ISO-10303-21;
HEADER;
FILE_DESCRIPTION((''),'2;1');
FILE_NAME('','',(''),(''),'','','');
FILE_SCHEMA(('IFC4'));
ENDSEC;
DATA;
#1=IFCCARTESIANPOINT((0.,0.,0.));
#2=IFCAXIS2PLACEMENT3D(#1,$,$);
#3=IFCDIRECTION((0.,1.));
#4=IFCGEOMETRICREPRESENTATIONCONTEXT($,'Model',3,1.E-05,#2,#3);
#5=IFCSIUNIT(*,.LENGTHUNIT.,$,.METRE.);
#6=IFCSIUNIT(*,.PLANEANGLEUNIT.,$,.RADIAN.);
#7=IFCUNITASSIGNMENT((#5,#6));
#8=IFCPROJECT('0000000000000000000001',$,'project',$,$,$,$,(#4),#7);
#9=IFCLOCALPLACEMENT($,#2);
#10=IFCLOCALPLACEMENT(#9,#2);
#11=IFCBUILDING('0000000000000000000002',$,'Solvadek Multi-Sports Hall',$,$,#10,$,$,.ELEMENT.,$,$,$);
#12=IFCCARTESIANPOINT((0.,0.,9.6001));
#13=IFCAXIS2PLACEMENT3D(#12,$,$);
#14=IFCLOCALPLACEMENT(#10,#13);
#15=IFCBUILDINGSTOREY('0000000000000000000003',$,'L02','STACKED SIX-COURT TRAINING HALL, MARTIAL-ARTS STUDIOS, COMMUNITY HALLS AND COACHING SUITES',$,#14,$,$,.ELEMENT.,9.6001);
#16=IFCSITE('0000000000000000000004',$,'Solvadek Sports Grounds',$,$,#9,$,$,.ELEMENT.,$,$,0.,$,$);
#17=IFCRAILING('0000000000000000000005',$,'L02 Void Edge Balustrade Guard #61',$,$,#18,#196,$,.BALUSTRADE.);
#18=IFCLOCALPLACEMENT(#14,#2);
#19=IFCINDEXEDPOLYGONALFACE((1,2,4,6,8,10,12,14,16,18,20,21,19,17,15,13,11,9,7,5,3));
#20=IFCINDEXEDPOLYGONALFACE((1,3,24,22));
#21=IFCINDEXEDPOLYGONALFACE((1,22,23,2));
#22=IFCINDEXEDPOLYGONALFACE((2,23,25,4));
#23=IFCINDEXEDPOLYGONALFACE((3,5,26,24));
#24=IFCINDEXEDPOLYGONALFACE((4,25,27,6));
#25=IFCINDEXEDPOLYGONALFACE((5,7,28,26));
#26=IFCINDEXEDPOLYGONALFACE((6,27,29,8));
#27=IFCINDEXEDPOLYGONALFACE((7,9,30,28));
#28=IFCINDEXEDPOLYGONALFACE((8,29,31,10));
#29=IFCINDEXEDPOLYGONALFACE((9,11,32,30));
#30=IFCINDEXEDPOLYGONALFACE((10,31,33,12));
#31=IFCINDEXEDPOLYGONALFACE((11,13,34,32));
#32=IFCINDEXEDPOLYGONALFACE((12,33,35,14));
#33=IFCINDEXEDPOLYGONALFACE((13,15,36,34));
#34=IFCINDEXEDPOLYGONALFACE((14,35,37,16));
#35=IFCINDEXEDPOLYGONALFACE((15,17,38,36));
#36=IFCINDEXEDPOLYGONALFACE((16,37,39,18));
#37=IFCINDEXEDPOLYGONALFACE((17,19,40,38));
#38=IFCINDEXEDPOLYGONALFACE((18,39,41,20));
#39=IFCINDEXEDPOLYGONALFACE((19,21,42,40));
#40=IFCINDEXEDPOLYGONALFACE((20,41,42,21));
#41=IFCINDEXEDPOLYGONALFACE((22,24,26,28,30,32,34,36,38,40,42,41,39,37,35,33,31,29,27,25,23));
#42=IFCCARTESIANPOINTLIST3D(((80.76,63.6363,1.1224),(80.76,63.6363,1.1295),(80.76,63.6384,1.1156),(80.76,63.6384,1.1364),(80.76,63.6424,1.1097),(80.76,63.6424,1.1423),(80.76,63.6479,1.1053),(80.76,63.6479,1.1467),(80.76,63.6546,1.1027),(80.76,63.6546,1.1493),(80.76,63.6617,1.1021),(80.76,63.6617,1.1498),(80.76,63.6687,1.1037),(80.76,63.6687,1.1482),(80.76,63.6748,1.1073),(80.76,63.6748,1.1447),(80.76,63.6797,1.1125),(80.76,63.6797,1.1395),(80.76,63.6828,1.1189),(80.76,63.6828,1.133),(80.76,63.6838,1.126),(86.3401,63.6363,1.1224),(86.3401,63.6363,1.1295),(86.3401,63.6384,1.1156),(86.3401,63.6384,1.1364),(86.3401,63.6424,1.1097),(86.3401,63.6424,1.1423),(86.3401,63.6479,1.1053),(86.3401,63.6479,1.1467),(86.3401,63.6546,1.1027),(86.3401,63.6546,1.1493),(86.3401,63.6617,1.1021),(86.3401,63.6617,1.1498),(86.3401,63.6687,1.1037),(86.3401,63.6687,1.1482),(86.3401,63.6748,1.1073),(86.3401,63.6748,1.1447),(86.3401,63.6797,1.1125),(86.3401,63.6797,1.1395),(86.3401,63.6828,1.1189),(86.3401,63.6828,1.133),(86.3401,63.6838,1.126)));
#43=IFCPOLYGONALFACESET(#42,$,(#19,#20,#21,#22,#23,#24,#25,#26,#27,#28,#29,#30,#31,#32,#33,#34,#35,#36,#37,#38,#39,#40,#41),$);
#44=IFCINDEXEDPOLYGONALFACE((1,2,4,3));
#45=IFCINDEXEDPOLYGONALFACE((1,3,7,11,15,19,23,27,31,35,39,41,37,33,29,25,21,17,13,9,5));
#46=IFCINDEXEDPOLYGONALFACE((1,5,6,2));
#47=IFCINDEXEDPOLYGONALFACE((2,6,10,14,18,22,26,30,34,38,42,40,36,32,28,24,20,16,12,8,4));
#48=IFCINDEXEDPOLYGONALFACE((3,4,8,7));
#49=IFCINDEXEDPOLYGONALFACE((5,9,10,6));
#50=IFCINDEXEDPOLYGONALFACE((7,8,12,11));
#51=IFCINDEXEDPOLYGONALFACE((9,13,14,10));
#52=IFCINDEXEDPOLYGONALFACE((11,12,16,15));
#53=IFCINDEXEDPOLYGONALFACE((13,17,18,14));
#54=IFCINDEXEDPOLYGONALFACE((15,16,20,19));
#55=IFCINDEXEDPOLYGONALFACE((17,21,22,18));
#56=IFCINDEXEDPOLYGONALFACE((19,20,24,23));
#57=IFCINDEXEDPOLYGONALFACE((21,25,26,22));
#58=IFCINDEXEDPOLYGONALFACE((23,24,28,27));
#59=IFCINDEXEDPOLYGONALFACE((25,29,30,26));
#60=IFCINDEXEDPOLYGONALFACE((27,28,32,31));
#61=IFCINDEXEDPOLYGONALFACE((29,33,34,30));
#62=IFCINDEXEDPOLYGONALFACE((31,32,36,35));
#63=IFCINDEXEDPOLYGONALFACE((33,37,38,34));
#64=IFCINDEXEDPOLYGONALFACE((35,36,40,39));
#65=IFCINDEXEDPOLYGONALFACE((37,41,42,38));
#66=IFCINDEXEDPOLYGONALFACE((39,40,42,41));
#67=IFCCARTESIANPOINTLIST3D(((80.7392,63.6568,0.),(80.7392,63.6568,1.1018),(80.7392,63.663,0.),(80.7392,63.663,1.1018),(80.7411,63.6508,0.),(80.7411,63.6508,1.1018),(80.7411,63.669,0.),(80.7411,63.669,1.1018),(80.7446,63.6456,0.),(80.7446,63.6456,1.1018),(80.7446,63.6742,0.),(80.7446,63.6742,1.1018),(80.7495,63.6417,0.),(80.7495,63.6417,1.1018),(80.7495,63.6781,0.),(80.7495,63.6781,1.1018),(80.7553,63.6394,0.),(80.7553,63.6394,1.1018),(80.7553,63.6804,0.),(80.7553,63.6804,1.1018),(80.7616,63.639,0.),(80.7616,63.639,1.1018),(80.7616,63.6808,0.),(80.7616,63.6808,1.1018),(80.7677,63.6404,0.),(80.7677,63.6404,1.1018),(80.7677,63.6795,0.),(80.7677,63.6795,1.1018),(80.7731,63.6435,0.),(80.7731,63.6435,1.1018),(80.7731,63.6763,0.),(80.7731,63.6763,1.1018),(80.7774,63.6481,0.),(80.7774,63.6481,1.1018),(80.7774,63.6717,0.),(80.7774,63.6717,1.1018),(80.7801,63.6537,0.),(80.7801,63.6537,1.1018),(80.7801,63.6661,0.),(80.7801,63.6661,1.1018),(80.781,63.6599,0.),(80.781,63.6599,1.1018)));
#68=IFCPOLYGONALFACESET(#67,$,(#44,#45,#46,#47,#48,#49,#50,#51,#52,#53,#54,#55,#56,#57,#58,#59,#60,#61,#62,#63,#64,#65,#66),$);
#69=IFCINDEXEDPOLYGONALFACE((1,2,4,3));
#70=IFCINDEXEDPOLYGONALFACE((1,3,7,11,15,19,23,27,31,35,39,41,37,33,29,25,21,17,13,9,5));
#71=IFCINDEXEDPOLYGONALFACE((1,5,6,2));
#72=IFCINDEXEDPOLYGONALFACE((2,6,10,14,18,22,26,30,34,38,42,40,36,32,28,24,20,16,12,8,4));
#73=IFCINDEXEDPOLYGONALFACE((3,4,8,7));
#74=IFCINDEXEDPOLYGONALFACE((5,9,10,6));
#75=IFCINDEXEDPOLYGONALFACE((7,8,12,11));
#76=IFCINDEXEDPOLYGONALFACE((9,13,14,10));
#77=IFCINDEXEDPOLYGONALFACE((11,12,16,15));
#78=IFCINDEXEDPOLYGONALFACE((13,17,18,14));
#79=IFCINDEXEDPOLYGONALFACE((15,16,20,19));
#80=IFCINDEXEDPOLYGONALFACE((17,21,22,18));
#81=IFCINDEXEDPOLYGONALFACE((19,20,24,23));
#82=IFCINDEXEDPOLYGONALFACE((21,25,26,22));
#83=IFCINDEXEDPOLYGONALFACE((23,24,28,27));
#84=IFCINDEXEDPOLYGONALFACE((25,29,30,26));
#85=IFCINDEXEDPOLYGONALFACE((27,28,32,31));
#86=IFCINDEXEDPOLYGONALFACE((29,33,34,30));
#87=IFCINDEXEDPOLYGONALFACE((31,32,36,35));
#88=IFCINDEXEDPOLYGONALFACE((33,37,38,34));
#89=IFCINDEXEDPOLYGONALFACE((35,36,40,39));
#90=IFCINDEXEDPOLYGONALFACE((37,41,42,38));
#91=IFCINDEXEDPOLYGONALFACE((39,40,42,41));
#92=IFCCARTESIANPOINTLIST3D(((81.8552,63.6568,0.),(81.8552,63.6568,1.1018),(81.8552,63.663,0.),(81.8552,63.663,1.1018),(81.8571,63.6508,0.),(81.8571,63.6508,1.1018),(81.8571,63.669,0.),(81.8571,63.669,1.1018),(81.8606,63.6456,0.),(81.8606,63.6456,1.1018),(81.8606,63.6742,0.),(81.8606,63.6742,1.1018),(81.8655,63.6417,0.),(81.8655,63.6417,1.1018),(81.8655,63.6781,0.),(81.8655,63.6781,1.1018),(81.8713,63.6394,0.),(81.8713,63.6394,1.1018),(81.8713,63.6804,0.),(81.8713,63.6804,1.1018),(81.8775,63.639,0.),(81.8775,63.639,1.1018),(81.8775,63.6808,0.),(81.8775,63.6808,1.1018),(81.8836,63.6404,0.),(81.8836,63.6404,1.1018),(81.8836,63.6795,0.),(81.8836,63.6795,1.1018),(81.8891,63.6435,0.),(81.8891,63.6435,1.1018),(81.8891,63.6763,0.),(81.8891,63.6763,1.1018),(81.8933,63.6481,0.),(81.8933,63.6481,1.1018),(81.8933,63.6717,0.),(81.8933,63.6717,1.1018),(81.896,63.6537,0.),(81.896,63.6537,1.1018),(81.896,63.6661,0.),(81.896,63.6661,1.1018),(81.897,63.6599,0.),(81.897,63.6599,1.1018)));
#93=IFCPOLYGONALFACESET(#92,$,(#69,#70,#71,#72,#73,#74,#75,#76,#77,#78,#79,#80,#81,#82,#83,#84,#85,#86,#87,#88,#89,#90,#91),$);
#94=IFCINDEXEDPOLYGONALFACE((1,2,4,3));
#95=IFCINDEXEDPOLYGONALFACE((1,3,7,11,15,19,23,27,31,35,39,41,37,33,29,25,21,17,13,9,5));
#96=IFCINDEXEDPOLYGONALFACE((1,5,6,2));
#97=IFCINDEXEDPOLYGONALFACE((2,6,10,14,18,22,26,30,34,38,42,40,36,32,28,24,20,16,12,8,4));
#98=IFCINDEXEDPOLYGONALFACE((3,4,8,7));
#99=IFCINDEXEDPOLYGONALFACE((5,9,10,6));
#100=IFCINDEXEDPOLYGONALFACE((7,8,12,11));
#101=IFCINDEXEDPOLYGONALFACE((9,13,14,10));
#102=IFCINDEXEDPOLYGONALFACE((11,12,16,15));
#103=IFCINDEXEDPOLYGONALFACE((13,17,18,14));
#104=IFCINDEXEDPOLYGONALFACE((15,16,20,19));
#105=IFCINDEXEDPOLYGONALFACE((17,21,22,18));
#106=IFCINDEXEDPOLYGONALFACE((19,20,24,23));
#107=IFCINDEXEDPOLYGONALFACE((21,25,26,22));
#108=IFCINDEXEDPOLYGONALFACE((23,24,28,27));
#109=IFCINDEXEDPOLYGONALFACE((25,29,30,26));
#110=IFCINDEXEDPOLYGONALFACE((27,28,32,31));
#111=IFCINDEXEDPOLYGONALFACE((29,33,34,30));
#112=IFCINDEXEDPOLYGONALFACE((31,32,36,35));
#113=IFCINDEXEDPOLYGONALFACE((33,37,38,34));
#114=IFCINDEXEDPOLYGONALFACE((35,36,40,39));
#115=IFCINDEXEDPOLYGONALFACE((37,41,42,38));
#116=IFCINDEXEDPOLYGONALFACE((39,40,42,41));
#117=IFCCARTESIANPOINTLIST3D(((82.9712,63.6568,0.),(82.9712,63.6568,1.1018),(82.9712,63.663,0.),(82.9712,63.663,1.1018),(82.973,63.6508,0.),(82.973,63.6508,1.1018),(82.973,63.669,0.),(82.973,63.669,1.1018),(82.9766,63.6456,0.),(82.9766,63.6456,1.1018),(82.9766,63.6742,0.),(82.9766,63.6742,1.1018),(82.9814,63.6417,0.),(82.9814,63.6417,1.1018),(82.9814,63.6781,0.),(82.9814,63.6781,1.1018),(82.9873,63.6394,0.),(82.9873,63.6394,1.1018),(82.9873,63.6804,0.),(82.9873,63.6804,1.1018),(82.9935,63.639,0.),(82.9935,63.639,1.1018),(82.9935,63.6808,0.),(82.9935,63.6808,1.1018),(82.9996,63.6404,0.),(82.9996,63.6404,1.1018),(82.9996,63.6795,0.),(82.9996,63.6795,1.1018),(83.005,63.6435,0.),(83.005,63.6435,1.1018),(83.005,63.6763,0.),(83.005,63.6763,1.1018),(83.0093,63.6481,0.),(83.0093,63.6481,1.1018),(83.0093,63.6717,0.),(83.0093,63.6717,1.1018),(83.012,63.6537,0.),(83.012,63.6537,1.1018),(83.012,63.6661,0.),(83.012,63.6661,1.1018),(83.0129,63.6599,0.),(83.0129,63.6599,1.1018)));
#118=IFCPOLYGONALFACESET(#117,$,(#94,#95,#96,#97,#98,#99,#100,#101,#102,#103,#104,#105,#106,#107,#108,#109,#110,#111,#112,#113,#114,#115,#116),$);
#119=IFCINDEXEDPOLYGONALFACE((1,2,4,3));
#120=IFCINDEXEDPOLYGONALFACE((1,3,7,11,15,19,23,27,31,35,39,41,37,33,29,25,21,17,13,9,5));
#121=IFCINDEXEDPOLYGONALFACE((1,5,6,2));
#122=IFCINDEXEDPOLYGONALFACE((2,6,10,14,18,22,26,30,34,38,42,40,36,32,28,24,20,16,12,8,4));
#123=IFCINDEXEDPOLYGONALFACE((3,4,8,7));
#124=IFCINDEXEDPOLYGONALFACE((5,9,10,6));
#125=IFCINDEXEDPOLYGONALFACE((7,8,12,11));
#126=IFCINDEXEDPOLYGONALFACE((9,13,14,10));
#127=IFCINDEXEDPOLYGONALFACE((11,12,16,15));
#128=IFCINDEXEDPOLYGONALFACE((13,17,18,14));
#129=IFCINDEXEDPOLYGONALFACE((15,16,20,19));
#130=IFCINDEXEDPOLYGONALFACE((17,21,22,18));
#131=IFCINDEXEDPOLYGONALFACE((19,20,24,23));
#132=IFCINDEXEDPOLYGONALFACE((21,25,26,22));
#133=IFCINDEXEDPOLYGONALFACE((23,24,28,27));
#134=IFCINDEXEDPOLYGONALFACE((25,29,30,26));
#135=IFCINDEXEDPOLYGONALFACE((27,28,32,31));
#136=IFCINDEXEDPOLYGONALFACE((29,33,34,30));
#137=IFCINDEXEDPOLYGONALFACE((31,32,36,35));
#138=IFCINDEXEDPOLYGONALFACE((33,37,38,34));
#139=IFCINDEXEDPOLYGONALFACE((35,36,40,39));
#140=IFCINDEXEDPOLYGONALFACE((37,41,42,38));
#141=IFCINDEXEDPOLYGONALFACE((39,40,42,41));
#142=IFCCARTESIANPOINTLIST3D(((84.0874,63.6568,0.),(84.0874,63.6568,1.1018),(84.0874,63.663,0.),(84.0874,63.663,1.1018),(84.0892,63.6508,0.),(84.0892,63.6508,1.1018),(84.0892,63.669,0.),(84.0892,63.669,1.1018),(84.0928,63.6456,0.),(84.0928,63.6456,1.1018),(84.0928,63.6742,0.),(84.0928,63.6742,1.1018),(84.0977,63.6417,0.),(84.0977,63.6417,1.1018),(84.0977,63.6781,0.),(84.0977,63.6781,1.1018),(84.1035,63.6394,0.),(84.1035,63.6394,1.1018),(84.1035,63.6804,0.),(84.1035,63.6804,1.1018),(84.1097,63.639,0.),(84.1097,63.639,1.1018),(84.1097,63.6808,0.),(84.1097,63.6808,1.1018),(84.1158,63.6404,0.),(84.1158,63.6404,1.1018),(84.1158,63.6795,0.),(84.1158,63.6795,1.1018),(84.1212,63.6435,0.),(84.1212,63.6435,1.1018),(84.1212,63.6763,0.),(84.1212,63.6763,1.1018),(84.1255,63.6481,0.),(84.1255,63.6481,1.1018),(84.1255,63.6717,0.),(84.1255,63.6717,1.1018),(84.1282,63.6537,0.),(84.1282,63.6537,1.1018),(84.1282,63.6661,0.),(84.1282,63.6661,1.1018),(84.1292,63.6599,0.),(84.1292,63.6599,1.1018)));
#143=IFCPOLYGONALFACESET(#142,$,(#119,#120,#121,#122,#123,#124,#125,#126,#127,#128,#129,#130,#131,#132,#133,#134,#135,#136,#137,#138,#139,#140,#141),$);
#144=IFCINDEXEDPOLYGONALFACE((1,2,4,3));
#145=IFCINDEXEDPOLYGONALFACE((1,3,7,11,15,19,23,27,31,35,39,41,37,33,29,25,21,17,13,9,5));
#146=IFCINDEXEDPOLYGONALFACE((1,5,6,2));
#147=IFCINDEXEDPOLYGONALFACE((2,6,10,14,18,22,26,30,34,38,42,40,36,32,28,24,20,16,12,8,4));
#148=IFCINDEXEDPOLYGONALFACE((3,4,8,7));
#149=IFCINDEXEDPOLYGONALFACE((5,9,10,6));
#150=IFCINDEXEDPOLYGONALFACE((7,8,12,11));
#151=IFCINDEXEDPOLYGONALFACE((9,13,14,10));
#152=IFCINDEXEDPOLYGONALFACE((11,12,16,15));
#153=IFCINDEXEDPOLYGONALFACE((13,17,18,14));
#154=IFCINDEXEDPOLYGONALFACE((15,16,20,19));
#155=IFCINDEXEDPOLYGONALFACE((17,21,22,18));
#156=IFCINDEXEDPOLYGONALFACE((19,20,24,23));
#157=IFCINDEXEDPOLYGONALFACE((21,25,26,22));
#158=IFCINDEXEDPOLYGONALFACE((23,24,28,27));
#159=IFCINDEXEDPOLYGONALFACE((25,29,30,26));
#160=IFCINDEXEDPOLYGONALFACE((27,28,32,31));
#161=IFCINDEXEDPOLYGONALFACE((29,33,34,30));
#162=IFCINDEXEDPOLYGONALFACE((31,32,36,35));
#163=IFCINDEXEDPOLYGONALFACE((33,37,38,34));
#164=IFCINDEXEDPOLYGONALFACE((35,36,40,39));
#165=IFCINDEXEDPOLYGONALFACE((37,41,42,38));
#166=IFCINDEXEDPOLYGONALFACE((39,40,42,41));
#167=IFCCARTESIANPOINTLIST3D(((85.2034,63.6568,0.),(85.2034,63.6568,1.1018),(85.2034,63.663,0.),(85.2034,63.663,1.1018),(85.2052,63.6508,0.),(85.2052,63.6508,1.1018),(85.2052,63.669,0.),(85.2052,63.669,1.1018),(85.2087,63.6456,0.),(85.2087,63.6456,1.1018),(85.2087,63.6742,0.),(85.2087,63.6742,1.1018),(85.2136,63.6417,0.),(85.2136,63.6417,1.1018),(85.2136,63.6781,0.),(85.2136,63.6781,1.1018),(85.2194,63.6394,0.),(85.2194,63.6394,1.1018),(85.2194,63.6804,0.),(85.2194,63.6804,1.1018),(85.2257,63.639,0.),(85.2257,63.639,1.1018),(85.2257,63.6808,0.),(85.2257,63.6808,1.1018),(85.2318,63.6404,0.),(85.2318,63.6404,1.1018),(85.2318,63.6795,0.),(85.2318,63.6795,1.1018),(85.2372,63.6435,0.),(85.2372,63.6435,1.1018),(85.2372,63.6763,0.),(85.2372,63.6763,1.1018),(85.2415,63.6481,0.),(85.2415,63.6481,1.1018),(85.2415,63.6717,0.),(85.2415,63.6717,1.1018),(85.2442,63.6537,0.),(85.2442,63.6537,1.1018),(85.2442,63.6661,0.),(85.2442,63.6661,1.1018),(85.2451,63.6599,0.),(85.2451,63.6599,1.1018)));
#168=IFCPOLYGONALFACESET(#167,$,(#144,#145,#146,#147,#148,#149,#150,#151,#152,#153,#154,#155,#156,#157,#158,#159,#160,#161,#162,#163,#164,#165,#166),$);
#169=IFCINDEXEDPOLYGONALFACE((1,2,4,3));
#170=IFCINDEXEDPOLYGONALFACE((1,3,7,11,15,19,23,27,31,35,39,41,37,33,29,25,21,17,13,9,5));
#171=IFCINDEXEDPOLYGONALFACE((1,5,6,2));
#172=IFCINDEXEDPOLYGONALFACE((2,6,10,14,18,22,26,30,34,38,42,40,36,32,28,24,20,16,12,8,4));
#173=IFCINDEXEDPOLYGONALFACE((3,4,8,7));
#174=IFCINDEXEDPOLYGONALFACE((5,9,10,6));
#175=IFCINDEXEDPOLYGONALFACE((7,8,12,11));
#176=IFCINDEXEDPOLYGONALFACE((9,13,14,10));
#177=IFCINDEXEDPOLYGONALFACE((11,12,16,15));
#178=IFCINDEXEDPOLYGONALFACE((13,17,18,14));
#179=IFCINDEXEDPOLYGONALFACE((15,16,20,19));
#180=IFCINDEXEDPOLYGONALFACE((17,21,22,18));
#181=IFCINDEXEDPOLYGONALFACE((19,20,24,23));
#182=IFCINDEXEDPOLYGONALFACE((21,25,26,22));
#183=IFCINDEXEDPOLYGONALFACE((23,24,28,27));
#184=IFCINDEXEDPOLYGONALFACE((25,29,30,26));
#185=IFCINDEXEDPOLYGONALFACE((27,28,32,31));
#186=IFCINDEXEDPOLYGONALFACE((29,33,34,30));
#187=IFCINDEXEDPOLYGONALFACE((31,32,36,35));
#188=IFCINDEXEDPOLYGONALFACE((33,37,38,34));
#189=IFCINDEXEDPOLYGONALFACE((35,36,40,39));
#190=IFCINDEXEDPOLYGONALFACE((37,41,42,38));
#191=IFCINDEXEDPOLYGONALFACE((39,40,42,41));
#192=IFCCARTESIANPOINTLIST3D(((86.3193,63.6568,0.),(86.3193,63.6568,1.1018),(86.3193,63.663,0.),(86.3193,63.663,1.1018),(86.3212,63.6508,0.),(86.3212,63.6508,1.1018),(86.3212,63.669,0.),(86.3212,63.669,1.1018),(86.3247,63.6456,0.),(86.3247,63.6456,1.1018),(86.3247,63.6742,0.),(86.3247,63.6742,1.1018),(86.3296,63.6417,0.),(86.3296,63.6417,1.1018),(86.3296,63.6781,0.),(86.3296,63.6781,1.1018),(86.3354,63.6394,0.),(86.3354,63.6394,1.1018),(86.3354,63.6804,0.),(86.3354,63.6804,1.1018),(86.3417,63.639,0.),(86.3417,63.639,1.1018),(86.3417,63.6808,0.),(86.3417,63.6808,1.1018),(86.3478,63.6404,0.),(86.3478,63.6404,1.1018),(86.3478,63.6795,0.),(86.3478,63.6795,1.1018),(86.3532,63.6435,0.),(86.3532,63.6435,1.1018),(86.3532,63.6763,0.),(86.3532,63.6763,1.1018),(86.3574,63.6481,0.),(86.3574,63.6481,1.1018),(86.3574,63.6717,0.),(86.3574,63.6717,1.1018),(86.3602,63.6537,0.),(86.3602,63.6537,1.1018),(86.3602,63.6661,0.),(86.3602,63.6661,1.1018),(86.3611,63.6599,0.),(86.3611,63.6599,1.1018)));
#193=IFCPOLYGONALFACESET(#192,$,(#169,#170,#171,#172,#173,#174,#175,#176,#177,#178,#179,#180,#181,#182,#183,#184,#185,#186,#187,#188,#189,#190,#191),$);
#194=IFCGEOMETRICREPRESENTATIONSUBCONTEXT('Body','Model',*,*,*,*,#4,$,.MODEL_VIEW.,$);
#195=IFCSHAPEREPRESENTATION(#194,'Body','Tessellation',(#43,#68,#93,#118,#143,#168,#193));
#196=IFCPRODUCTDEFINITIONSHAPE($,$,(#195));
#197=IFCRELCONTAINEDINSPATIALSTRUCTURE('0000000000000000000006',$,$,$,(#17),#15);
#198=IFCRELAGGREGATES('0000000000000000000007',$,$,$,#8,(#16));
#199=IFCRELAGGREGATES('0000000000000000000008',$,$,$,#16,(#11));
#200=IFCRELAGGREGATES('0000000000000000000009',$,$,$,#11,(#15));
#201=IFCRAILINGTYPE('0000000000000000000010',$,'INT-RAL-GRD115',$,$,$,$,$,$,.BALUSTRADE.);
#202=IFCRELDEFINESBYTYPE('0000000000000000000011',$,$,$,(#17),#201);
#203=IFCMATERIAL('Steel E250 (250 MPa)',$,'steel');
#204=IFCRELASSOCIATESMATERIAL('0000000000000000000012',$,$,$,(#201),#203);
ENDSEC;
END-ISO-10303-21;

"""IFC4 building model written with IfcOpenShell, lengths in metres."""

from ifc_helpers import new_model, si_unit, direction, frame, origin, origin_2d, place, context, subcontext, project, spatial, circle, extrude, material, type_object, element, save


model = new_model("IFC4")

# Units and contexts
model_context = context("Model", 3, precision=1e-05, world=origin(), true_north=direction((0.0, 1.0)))
body_context = subcontext(model_context, "Body", "Model", "MODEL_VIEW")
ifc_project = project(units=[si_unit("LENGTHUNIT", "METRE"), si_unit("PLANEANGLEUNIT", "RADIAN")], contexts=[model_context])

# Site, building, storey
site_placement = place(None, origin())
site = spatial("IfcSite", under=ifc_project, at=site_placement, Name="Solvadek Sports Grounds", CompositionType="ELEMENT", RefElevation=0.0)
building_placement = place(site_placement, origin())
building = spatial("IfcBuilding", under=site, at=building_placement, Name="Solvadek Multi-Sports Hall", CompositionType="ELEMENT")
storey_placement = place(building_placement, frame((0.0, 0.0, 9.6001)))
storey = spatial("IfcBuildingStorey", under=building, at=storey_placement, Name="L02", Description="STACKED SIX-COURT TRAINING HALL, MARTIAL-ARTS STUDIOS, COMMUNITY HALLS AND COACHING SUITES", CompositionType="ELEMENT", Elevation=9.6001)

# Railing
ifc_material_1 = material(Name="Steel E250 (250 MPa)", Category="steel")
railing_type = type_object("IfcRailingType", Name="INT-RAL-GRD115", PredefinedType="BALUSTRADE", material=ifc_material_1)
railing_1_placement = place(storey_placement, frame((80.76, 63.6599, 0.0)))
element("IfcRailing", 1, at=railing_1_placement, inside=storey, type_object=railing_type, Name="L02 Void Edge Balustrade Guard #61", PredefinedType="BALUSTRADE", context=body_context, shape_type="SweptSolid", body=[
    extrude(circle(Radius=0.0239, at=origin_2d()), frame((0.0, 0.0, 1.126), z_axis=(1.0, 0.0, 0.0), x_axis=(0.0, 1.0, 0.0)), (0.0, 0.0, 1.0), 5.5801),
    extrude(circle(Radius=0.021, at=origin_2d()), origin(), (0.0, 0.0, 1.0), 1.1018),
    extrude(circle(Radius=0.021, at=origin_2d()), frame((1.116, 0.0, 0.0)), (0.0, 0.0, 1.0), 1.1018),
    extrude(circle(Radius=0.021, at=origin_2d()), frame((2.2319, 0.0, 0.0)), (0.0, 0.0, 1.0), 1.1018),
    extrude(circle(Radius=0.021, at=origin_2d()), frame((3.3481, 0.0, 0.0)), (0.0, 0.0, 1.0), 1.1018),
    extrude(circle(Radius=0.021, at=origin_2d()), frame((4.4641, 0.0, 0.0)), (0.0, 0.0, 1.0), 1.1018),
    extrude(circle(Radius=0.021, at=origin_2d()), frame((5.5801, 0.0, 0.0)), (0.0, 0.0, 1.0), 1.1018),
])

save(model, "model.ifc")
